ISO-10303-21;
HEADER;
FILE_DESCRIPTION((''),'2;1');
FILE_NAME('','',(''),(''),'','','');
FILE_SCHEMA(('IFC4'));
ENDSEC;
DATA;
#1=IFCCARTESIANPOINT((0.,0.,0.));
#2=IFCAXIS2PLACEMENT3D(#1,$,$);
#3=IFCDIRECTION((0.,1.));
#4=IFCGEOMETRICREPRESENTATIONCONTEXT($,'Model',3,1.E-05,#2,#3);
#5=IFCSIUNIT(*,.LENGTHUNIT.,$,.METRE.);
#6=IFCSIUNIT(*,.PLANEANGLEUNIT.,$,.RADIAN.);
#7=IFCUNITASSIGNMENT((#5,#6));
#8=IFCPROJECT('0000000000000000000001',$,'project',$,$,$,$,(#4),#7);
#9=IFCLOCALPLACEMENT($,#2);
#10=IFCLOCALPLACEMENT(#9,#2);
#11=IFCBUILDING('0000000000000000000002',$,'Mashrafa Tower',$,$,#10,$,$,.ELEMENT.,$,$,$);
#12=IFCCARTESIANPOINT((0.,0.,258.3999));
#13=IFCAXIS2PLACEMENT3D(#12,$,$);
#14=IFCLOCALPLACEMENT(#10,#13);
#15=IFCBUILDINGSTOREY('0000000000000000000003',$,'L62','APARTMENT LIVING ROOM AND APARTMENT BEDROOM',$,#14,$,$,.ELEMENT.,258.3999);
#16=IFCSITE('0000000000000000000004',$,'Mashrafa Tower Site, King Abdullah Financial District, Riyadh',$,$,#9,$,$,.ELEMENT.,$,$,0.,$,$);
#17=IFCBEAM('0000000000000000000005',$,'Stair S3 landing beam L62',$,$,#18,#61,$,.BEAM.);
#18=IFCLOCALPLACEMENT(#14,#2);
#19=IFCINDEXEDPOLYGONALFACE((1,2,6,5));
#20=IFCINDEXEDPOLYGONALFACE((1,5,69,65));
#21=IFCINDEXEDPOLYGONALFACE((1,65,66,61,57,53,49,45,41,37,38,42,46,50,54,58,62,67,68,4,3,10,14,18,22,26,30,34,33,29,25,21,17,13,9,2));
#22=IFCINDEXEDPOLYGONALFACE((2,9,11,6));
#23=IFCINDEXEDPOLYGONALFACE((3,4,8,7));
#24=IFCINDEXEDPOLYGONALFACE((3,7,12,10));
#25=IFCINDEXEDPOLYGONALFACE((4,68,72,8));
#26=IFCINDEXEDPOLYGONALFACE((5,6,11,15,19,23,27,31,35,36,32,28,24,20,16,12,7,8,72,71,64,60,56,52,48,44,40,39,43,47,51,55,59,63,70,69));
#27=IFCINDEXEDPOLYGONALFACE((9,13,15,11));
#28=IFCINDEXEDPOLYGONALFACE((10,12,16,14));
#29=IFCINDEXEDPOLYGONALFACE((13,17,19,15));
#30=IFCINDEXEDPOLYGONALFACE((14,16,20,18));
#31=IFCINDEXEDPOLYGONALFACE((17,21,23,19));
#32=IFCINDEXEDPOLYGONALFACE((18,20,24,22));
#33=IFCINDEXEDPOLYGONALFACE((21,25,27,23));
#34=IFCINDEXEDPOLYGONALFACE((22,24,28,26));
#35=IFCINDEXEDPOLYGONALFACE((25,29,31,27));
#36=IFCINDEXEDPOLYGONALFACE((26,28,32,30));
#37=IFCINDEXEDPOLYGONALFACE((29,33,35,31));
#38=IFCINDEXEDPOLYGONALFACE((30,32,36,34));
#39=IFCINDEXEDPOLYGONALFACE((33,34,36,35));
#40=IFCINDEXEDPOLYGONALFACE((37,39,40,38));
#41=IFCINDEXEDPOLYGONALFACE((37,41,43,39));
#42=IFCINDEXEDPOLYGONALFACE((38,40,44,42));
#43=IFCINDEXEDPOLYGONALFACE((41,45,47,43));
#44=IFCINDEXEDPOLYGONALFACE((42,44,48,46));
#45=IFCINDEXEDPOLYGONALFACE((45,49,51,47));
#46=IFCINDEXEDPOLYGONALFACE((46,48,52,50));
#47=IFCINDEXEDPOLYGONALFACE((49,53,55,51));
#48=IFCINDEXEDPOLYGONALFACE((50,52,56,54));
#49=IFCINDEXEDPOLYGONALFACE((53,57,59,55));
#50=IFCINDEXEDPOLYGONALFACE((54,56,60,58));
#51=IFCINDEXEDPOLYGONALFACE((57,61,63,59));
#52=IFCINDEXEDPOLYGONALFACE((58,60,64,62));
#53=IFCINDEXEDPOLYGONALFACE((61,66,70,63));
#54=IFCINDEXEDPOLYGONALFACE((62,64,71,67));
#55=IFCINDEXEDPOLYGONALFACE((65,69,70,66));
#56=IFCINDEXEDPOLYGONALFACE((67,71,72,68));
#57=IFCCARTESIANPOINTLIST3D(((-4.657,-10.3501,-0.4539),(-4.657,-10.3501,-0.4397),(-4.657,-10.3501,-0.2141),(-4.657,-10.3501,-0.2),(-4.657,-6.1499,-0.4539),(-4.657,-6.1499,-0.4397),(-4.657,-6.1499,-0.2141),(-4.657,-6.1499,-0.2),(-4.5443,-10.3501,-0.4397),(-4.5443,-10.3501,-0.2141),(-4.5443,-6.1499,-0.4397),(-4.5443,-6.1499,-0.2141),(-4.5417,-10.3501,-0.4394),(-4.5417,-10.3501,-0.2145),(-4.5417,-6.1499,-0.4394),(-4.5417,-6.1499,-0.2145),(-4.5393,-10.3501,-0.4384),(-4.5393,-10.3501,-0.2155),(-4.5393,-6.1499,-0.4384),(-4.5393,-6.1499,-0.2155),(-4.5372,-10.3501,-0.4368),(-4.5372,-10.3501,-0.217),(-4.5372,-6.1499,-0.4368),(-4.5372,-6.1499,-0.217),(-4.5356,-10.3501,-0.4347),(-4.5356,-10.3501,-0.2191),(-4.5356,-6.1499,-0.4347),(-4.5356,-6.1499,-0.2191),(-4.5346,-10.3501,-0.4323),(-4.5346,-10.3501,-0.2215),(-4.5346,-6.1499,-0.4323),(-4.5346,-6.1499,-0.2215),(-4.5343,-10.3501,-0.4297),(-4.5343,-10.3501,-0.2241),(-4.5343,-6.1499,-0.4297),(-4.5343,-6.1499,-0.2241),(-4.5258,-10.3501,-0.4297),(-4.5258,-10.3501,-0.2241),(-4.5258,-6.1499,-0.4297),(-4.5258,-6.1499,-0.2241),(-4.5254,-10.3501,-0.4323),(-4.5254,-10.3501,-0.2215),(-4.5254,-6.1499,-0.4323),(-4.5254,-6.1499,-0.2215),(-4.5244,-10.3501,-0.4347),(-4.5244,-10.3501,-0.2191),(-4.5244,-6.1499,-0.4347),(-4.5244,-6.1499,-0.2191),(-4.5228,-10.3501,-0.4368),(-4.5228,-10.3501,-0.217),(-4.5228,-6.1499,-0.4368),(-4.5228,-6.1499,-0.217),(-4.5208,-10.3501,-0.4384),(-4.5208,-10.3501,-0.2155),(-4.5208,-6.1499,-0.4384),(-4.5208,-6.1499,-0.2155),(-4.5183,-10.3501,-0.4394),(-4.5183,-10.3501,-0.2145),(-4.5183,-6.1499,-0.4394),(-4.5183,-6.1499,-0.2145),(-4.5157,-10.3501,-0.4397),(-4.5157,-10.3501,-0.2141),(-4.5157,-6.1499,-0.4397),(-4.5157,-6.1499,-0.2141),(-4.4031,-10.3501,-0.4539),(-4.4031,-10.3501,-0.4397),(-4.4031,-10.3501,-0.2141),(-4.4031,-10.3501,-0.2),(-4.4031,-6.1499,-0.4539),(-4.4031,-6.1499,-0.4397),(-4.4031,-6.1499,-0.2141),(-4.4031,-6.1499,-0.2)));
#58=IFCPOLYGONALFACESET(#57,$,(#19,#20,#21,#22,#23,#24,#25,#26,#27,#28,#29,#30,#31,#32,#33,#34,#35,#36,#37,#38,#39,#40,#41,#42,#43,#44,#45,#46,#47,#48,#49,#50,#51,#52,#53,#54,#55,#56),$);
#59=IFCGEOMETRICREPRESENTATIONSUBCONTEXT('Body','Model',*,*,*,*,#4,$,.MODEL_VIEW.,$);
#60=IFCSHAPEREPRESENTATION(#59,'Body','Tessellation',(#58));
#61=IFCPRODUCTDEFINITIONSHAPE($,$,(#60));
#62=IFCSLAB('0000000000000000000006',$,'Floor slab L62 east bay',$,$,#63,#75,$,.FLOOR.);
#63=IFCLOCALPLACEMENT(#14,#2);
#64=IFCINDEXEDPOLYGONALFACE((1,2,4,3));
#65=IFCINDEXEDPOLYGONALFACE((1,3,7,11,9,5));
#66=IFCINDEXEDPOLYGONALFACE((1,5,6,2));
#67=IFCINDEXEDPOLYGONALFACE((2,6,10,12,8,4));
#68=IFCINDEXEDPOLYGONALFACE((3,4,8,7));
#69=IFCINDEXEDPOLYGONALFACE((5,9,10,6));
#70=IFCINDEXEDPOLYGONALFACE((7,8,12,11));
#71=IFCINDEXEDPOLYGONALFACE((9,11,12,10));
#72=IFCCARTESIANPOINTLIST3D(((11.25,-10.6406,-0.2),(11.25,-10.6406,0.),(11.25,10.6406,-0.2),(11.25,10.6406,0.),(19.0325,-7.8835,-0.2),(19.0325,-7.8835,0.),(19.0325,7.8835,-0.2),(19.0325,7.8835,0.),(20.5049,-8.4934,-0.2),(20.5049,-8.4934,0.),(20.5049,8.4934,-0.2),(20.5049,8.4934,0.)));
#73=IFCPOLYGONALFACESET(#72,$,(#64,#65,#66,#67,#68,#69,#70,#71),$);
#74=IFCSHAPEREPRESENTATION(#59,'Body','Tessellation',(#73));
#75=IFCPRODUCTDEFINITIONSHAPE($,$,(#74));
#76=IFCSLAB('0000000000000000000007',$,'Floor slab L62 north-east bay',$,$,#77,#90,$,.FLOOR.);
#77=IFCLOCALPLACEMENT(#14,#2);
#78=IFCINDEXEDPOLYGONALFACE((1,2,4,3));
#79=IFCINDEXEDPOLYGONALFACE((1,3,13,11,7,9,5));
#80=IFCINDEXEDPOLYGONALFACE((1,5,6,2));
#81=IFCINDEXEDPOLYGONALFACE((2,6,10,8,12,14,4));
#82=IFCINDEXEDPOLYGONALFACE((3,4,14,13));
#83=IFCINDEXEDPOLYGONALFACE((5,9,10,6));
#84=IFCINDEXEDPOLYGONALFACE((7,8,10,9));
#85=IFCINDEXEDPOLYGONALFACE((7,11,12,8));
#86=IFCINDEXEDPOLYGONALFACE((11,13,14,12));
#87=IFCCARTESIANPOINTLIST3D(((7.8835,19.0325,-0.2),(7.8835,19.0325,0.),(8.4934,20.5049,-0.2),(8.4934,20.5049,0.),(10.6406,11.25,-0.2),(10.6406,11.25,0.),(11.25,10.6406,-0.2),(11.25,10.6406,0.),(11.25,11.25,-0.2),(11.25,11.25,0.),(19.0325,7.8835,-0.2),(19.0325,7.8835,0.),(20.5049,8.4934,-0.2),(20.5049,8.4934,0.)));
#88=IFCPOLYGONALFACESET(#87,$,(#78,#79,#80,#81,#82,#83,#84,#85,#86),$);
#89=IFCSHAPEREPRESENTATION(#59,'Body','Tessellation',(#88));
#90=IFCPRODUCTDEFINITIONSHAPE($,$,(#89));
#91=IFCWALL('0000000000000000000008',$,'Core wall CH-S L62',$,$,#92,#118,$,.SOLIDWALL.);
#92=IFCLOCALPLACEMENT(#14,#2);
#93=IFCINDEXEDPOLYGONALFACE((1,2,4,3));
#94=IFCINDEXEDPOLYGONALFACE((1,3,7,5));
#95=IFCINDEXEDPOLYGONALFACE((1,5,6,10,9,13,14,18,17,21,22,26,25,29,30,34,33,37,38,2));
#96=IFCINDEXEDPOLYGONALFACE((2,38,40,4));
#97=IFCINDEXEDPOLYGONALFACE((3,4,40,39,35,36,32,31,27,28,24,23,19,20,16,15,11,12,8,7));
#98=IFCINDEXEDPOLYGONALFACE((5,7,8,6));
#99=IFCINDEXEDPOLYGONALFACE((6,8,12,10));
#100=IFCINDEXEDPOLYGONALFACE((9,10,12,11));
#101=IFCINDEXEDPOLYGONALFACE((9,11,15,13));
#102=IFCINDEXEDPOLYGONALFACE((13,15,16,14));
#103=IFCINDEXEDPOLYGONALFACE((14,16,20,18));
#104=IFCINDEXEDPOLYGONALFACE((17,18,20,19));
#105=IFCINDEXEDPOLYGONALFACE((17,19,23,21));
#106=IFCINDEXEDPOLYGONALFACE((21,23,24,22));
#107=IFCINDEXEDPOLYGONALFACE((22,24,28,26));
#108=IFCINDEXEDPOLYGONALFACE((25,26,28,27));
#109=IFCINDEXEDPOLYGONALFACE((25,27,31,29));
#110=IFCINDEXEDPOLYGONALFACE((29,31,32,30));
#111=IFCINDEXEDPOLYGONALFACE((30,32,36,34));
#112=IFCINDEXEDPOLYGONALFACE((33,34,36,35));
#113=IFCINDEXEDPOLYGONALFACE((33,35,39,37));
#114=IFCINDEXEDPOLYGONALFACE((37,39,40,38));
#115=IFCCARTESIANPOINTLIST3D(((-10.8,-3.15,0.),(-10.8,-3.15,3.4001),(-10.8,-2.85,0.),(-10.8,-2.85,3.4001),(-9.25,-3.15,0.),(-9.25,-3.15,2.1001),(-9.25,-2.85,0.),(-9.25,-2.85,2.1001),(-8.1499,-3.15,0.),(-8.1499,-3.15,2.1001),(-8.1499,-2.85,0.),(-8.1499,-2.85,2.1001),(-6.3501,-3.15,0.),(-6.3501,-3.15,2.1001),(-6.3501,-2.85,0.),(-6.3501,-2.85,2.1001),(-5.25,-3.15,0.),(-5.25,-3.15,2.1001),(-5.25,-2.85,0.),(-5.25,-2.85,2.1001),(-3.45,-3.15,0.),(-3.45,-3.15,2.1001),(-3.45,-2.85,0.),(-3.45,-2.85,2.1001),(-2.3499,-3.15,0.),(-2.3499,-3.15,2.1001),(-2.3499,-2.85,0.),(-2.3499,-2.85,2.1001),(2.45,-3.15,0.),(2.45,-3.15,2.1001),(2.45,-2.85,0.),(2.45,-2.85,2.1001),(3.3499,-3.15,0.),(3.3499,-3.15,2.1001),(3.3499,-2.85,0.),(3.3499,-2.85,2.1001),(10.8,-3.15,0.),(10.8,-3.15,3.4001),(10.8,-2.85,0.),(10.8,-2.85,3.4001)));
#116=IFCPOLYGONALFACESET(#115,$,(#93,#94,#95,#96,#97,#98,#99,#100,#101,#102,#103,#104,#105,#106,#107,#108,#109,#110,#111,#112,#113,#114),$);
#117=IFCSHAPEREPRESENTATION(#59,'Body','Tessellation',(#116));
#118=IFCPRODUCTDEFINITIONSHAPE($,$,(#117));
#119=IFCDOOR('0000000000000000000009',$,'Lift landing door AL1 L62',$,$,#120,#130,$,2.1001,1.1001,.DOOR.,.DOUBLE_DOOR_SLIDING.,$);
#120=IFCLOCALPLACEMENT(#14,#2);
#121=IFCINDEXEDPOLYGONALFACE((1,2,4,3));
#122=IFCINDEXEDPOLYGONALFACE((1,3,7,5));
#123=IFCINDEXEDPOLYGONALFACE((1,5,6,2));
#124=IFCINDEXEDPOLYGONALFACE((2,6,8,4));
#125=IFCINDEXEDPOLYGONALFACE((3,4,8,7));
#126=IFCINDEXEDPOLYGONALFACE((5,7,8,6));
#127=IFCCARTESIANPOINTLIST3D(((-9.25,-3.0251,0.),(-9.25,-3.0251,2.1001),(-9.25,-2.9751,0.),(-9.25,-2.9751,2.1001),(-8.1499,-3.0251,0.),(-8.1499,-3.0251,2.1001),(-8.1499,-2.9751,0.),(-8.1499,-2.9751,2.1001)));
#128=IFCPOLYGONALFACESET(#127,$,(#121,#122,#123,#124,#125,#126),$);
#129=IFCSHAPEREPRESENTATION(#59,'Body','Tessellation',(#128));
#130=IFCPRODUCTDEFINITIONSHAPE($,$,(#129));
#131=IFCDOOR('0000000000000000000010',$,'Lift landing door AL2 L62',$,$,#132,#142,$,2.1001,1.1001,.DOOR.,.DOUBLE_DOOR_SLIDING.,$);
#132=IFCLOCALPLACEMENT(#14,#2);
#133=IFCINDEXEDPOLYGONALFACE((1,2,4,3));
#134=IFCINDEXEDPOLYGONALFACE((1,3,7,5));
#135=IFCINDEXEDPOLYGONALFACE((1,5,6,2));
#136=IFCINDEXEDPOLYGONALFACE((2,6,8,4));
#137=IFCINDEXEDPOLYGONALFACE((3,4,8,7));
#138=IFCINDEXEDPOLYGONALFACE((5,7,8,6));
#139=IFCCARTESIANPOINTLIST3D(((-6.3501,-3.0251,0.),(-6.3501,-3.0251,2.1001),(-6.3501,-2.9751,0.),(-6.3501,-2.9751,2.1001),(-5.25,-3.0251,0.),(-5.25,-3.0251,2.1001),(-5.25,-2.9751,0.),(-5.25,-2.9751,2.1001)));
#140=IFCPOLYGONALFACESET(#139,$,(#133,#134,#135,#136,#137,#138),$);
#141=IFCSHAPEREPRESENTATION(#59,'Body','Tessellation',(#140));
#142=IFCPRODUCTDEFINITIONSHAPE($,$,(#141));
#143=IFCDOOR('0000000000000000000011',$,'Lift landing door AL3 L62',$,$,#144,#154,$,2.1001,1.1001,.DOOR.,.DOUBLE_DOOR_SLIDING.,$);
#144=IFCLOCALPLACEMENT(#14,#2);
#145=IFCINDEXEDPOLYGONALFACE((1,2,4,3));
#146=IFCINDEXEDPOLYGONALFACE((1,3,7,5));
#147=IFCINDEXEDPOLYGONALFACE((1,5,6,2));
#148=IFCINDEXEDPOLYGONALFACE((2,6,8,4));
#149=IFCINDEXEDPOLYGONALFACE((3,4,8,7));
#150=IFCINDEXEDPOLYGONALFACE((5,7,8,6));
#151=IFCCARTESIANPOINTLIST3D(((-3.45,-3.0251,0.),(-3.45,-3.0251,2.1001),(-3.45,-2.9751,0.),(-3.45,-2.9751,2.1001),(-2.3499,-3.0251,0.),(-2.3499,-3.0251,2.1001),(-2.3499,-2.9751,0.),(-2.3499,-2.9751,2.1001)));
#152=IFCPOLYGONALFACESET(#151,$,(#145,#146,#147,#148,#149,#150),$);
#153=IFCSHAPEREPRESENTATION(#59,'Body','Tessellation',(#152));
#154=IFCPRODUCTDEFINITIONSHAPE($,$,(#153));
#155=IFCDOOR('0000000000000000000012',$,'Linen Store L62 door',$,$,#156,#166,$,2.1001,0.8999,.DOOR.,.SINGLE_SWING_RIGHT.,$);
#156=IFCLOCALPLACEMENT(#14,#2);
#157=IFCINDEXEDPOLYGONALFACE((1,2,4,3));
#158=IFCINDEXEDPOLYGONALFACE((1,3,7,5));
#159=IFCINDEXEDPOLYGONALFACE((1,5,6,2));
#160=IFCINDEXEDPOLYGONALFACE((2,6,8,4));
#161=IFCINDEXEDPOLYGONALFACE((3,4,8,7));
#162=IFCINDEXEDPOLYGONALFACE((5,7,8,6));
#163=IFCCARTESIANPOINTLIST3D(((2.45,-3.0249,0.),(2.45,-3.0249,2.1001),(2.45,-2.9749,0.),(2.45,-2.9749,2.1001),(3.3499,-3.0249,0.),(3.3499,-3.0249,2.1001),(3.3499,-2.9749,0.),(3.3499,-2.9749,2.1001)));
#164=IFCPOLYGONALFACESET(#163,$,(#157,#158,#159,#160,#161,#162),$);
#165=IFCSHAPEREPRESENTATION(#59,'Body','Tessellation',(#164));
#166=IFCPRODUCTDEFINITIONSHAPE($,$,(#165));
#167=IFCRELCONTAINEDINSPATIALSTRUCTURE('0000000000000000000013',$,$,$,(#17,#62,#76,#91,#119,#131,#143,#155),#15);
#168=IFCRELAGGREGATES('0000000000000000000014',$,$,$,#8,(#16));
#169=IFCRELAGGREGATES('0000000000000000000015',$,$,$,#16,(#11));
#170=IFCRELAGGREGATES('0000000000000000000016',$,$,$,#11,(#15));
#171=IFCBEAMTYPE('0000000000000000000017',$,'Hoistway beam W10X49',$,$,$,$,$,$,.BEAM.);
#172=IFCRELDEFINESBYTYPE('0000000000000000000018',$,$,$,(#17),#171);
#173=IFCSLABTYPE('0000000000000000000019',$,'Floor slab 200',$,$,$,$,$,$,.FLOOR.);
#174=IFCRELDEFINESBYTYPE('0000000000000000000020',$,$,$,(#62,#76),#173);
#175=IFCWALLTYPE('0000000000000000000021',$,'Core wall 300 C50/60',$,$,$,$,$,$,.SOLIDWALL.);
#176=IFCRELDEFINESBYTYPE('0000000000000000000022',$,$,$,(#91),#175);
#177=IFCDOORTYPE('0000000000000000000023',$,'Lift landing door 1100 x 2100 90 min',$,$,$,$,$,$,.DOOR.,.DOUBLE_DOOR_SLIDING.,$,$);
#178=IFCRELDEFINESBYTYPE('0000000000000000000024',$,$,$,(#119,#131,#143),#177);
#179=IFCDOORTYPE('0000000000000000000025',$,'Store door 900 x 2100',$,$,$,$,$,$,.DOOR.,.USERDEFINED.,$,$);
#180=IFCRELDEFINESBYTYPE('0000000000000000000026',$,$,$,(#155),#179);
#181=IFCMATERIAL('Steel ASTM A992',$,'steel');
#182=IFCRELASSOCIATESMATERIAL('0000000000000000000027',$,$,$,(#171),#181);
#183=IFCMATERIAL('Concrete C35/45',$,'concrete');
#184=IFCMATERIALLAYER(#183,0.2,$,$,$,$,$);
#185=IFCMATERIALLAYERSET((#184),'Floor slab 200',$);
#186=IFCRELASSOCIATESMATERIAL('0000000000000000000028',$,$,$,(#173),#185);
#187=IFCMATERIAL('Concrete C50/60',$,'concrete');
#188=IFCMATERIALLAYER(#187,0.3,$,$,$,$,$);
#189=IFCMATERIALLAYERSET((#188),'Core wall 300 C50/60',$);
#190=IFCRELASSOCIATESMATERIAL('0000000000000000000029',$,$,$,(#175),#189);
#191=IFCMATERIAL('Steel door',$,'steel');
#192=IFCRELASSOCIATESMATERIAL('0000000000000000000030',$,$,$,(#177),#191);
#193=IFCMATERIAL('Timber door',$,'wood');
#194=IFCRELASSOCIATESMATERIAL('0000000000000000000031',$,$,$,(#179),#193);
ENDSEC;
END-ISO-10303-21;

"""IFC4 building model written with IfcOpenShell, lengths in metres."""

from ifc_helpers import new_model, si_unit, direction, frame, frame_2d, origin, origin_2d, place, context, subcontext, project, spatial, polyline, rectangle, i_section, outline, extrude, material, layer, layer_set, material_profile, profile_set, type_object, element, fill, save


model = new_model("IFC4")

# Units and contexts
model_context = context("Model", 3, precision=1e-05, world=origin(), true_north=direction((0.0, 1.0)))
body_context = subcontext(model_context, "Body", "Model", "MODEL_VIEW")
ifc_project = project(units=[si_unit("LENGTHUNIT", "METRE"), si_unit("PLANEANGLEUNIT", "RADIAN")], contexts=[model_context])

# Site, building, storey
site_placement = place(None, origin())
site = spatial("IfcSite", under=ifc_project, at=site_placement, Name="Mashrafa Tower Site, King Abdullah Financial District, Riyadh", CompositionType="ELEMENT", RefElevation=0.0)
building_placement = place(site_placement, origin())
building = spatial("IfcBuilding", under=site, at=building_placement, Name="Mashrafa Tower", CompositionType="ELEMENT")
storey_placement = place(building_placement, frame((0.0, 0.0, 258.3999)))
storey = spatial("IfcBuildingStorey", under=building, at=storey_placement, Name="L62", Description="APARTMENT LIVING ROOM AND APARTMENT BEDROOM", CompositionType="ELEMENT", Elevation=258.3999)

# Beam
ifc_material_1 = material(Name="Steel ASTM A992", Category="steel")
ifc_material_profile_1 = material_profile(ifc_material_1, i_section(OverallWidth=0.2539, OverallDepth=0.2539, WebThickness=0.0085, FlangeThickness=0.0142, FilletRadius=0.01, at=origin_2d()), Name="W10X49")
ifc_profile_set_1 = profile_set([ifc_material_profile_1], Name="Steel ASTM A992")
beam_type_1 = type_object("IfcBeamType", Name="Hoistway beam W10X49", PredefinedType="BEAM", material=ifc_profile_set_1)
beam_1_placement = place(storey_placement, frame((-4.53, -10.3501, -0.3269), z_axis=(0.0, 1.0, 0.0), x_axis=(-1.0, 0.0, 0.0)))
element("IfcBeam", 1, at=beam_1_placement, inside=storey, type_object=beam_type_1, Name="Stair S3 landing beam L62", PredefinedType="BEAM", context=body_context, shape_type="SweptSolid", body=[
    extrude(i_section(OverallWidth=0.2539, OverallDepth=0.2539, WebThickness=0.0085, FlangeThickness=0.0142, FilletRadius=0.01, at=origin_2d()), origin(), (0.0, 0.0, 1.0), 4.2002),
])

# Slabs
ifc_material_2 = material(Name="Concrete C35/45", Category="concrete")
ifc_layer_1 = layer(ifc_material_2, 0.2)
ifc_layer_set_1 = layer_set([ifc_layer_1], Name="Floor slab 200")
slab_type = type_object("IfcSlabType", Name="Floor slab 200", PredefinedType="FLOOR", material=ifc_layer_set_1)
slab_1_placement = place(storey_placement, frame((0.0, 0.0, -0.2)))
element("IfcSlab", 2, at=slab_1_placement, inside=storey, type_object=slab_type, Name="Floor slab L62 east bay", PredefinedType="FLOOR", context=body_context, shape_type="SweptSolid", body=[
    extrude(outline(polyline([(20.5049, 8.4934), (20.5049, -8.4934), (20.5049, -8.4934), (19.0325, -7.8835), (11.25, -10.6406), (11.25, 10.6406), (19.0325, 7.8835), (20.5049, 8.4934), (20.5049, 8.4934)])), origin(), (0.0, 0.0, 1.0), 0.2),
])
slab_2_placement = place(storey_placement, frame((0.0, 0.0, -0.2)))
element("IfcSlab", 3, at=slab_2_placement, inside=storey, type_object=slab_type, Name="Floor slab L62 north-east bay", PredefinedType="FLOOR", context=body_context, shape_type="SweptSolid", body=[
    extrude(outline(polyline([(20.5049, 8.4934), (19.0325, 7.8835), (11.25, 10.6406), (11.25, 11.25), (10.6406, 11.25), (7.8835, 19.0325), (8.4934, 20.5049), (20.5049, 8.4934)])), origin(), (0.0, 0.0, 1.0), 0.2),
])

# Wall, openings, doors
ifc_material_3 = material(Name="Concrete C50/60", Category="concrete")
ifc_layer_2 = layer(ifc_material_3, 0.3)
ifc_layer_set_2 = layer_set([ifc_layer_2], Name="Core wall 300 C50/60")
wall_type_1 = type_object("IfcWallType", Name="Core wall 300 C50/60", PredefinedType="SOLIDWALL", material=ifc_layer_set_2)
wall_1_placement = place(storey_placement, frame((-10.8, -3.0, 0.0), z_axis=(0.0, 0.0, 1.0), x_axis=(1.0, 0.0, 0.0)))
wall_1 = element("IfcWall", 4, at=wall_1_placement, inside=storey, type_object=wall_type_1, Name="Core wall CH-S L62", PredefinedType="SOLIDWALL", context=body_context, shape_type="SweptSolid", body=[
    extrude(rectangle(XDim=21.6001, YDim=0.3, at=frame_2d((10.8, 0.0))), origin(), (0.0, 0.0, 1.0), 3.4001),
])
opening_1_placement = place(wall_1_placement, frame((13.25, 0.0, 0.0)))
opening_1 = element("IfcOpeningElement", 5, at=opening_1_placement, cuts=wall_1, PredefinedType="OPENING", context=body_context, shape_type="SweptSolid", body=[
    extrude(rectangle(XDim=0.8999, YDim=2.1001, at=frame_2d((0.45, 1.05))), frame((0.0, 0.1599, 0.0), z_axis=(0.0, -1.0, 0.0), x_axis=(1.0, 0.0, 0.0)), (0.0, 0.0, 1.0), 0.3201),
])
opening_2_placement = place(wall_1_placement, frame((1.55, 0.0, 0.0)))
opening_2 = element("IfcOpeningElement", 6, at=opening_2_placement, cuts=wall_1, PredefinedType="OPENING", context=body_context, shape_type="SweptSolid", body=[
    extrude(rectangle(XDim=1.1001, YDim=2.1001, at=frame_2d((0.55, 1.05))), frame((0.0, 0.1599, 0.0), z_axis=(0.0, -1.0, 0.0), x_axis=(1.0, 0.0, 0.0)), (0.0, 0.0, 1.0), 0.3201),
])
opening_3_placement = place(wall_1_placement, frame((4.45, 0.0, 0.0)))
opening_3 = element("IfcOpeningElement", 7, at=opening_3_placement, cuts=wall_1, PredefinedType="OPENING", context=body_context, shape_type="SweptSolid", body=[
    extrude(rectangle(XDim=1.1001, YDim=2.1001, at=frame_2d((0.55, 1.05))), frame((0.0, 0.1599, 0.0), z_axis=(0.0, -1.0, 0.0), x_axis=(1.0, 0.0, 0.0)), (0.0, 0.0, 1.0), 0.3201),
])
opening_4_placement = place(wall_1_placement, frame((7.3501, 0.0, 0.0)))
opening_4 = element("IfcOpeningElement", 8, at=opening_4_placement, cuts=wall_1, PredefinedType="OPENING", context=body_context, shape_type="SweptSolid", body=[
    extrude(rectangle(XDim=1.1001, YDim=2.1001, at=frame_2d((0.55, 1.05))), frame((0.0, 0.1599, 0.0), z_axis=(0.0, -1.0, 0.0), x_axis=(1.0, 0.0, 0.0)), (0.0, 0.0, 1.0), 0.3201),
])
ifc_material_4 = material(Name="Steel door", Category="steel")
door_type_1 = type_object("IfcDoorType", Name="Lift landing door 1100 x 2100 90 min", OperationType="DOUBLE_DOOR_SLIDING", PredefinedType="DOOR", material=ifc_material_4)
door_1_placement = place(opening_2_placement, origin())
door_1 = element("IfcDoor", 9, at=door_1_placement, inside=storey, type_object=door_type_1, Name="Lift landing door AL1 L62", OperationType="DOUBLE_DOOR_SLIDING", OverallHeight=2.1001, OverallWidth=1.1001, PredefinedType="DOOR", context=body_context, shape_type="SweptSolid", body=[
    extrude(rectangle(XDim=1.1001, YDim=2.1001, at=frame_2d((0.55, 1.05))), frame((0.0, 0.0249, 0.0), z_axis=(0.0, -1.0, 0.0), x_axis=(1.0, 0.0, 0.0)), (0.0, 0.0, 1.0), 0.05),
])
fill(opening_2, door_1)
door_2_placement = place(opening_3_placement, origin())
door_2 = element("IfcDoor", 10, at=door_2_placement, inside=storey, type_object=door_type_1, Name="Lift landing door AL2 L62", OperationType="DOUBLE_DOOR_SLIDING", OverallHeight=2.1001, OverallWidth=1.1001, PredefinedType="DOOR", context=body_context, shape_type="SweptSolid", body=[
    extrude(rectangle(XDim=1.1001, YDim=2.1001, at=frame_2d((0.55, 1.05))), frame((0.0, 0.0249, 0.0), z_axis=(0.0, -1.0, 0.0), x_axis=(1.0, 0.0, 0.0)), (0.0, 0.0, 1.0), 0.05),
])
fill(opening_3, door_2)
door_3_placement = place(opening_4_placement, origin())
door_3 = element("IfcDoor", 11, at=door_3_placement, inside=storey, type_object=door_type_1, Name="Lift landing door AL3 L62", OperationType="DOUBLE_DOOR_SLIDING", OverallHeight=2.1001, OverallWidth=1.1001, PredefinedType="DOOR", context=body_context, shape_type="SweptSolid", body=[
    extrude(rectangle(XDim=1.1001, YDim=2.1001, at=frame_2d((0.55, 1.05))), frame((0.0, 0.0249, 0.0), z_axis=(0.0, -1.0, 0.0), x_axis=(1.0, 0.0, 0.0)), (0.0, 0.0, 1.0), 0.05),
])
fill(opening_4, door_3)
ifc_material_5 = material(Name="Timber door", Category="wood")
door_type_2 = type_object("IfcDoorType", Name="Store door 900 x 2100", OperationType="USERDEFINED", PredefinedType="DOOR", material=ifc_material_5)
door_4_placement = place(opening_1_placement, frame((0.8999, 0.0, 0.0), z_axis=(0.0, 0.0, 1.0), x_axis=(-1.0, 0.0, 0.0)))
door_4 = element("IfcDoor", 12, at=door_4_placement, inside=storey, type_object=door_type_2, Name="Linen Store L62 door", OperationType="SINGLE_SWING_RIGHT", OverallHeight=2.1001, OverallWidth=0.8999, PredefinedType="DOOR", context=body_context, shape_type="SweptSolid", body=[
    extrude(rectangle(XDim=0.8999, YDim=2.1001, at=frame_2d((0.45, 1.05))), frame((0.0, 0.0249, 0.0), z_axis=(0.0, -1.0, 0.0), x_axis=(1.0, 0.0, 0.0)), (0.0, 0.0, 1.0), 0.05),
])
fill(opening_1, door_4)

save(model, "model.ifc")
